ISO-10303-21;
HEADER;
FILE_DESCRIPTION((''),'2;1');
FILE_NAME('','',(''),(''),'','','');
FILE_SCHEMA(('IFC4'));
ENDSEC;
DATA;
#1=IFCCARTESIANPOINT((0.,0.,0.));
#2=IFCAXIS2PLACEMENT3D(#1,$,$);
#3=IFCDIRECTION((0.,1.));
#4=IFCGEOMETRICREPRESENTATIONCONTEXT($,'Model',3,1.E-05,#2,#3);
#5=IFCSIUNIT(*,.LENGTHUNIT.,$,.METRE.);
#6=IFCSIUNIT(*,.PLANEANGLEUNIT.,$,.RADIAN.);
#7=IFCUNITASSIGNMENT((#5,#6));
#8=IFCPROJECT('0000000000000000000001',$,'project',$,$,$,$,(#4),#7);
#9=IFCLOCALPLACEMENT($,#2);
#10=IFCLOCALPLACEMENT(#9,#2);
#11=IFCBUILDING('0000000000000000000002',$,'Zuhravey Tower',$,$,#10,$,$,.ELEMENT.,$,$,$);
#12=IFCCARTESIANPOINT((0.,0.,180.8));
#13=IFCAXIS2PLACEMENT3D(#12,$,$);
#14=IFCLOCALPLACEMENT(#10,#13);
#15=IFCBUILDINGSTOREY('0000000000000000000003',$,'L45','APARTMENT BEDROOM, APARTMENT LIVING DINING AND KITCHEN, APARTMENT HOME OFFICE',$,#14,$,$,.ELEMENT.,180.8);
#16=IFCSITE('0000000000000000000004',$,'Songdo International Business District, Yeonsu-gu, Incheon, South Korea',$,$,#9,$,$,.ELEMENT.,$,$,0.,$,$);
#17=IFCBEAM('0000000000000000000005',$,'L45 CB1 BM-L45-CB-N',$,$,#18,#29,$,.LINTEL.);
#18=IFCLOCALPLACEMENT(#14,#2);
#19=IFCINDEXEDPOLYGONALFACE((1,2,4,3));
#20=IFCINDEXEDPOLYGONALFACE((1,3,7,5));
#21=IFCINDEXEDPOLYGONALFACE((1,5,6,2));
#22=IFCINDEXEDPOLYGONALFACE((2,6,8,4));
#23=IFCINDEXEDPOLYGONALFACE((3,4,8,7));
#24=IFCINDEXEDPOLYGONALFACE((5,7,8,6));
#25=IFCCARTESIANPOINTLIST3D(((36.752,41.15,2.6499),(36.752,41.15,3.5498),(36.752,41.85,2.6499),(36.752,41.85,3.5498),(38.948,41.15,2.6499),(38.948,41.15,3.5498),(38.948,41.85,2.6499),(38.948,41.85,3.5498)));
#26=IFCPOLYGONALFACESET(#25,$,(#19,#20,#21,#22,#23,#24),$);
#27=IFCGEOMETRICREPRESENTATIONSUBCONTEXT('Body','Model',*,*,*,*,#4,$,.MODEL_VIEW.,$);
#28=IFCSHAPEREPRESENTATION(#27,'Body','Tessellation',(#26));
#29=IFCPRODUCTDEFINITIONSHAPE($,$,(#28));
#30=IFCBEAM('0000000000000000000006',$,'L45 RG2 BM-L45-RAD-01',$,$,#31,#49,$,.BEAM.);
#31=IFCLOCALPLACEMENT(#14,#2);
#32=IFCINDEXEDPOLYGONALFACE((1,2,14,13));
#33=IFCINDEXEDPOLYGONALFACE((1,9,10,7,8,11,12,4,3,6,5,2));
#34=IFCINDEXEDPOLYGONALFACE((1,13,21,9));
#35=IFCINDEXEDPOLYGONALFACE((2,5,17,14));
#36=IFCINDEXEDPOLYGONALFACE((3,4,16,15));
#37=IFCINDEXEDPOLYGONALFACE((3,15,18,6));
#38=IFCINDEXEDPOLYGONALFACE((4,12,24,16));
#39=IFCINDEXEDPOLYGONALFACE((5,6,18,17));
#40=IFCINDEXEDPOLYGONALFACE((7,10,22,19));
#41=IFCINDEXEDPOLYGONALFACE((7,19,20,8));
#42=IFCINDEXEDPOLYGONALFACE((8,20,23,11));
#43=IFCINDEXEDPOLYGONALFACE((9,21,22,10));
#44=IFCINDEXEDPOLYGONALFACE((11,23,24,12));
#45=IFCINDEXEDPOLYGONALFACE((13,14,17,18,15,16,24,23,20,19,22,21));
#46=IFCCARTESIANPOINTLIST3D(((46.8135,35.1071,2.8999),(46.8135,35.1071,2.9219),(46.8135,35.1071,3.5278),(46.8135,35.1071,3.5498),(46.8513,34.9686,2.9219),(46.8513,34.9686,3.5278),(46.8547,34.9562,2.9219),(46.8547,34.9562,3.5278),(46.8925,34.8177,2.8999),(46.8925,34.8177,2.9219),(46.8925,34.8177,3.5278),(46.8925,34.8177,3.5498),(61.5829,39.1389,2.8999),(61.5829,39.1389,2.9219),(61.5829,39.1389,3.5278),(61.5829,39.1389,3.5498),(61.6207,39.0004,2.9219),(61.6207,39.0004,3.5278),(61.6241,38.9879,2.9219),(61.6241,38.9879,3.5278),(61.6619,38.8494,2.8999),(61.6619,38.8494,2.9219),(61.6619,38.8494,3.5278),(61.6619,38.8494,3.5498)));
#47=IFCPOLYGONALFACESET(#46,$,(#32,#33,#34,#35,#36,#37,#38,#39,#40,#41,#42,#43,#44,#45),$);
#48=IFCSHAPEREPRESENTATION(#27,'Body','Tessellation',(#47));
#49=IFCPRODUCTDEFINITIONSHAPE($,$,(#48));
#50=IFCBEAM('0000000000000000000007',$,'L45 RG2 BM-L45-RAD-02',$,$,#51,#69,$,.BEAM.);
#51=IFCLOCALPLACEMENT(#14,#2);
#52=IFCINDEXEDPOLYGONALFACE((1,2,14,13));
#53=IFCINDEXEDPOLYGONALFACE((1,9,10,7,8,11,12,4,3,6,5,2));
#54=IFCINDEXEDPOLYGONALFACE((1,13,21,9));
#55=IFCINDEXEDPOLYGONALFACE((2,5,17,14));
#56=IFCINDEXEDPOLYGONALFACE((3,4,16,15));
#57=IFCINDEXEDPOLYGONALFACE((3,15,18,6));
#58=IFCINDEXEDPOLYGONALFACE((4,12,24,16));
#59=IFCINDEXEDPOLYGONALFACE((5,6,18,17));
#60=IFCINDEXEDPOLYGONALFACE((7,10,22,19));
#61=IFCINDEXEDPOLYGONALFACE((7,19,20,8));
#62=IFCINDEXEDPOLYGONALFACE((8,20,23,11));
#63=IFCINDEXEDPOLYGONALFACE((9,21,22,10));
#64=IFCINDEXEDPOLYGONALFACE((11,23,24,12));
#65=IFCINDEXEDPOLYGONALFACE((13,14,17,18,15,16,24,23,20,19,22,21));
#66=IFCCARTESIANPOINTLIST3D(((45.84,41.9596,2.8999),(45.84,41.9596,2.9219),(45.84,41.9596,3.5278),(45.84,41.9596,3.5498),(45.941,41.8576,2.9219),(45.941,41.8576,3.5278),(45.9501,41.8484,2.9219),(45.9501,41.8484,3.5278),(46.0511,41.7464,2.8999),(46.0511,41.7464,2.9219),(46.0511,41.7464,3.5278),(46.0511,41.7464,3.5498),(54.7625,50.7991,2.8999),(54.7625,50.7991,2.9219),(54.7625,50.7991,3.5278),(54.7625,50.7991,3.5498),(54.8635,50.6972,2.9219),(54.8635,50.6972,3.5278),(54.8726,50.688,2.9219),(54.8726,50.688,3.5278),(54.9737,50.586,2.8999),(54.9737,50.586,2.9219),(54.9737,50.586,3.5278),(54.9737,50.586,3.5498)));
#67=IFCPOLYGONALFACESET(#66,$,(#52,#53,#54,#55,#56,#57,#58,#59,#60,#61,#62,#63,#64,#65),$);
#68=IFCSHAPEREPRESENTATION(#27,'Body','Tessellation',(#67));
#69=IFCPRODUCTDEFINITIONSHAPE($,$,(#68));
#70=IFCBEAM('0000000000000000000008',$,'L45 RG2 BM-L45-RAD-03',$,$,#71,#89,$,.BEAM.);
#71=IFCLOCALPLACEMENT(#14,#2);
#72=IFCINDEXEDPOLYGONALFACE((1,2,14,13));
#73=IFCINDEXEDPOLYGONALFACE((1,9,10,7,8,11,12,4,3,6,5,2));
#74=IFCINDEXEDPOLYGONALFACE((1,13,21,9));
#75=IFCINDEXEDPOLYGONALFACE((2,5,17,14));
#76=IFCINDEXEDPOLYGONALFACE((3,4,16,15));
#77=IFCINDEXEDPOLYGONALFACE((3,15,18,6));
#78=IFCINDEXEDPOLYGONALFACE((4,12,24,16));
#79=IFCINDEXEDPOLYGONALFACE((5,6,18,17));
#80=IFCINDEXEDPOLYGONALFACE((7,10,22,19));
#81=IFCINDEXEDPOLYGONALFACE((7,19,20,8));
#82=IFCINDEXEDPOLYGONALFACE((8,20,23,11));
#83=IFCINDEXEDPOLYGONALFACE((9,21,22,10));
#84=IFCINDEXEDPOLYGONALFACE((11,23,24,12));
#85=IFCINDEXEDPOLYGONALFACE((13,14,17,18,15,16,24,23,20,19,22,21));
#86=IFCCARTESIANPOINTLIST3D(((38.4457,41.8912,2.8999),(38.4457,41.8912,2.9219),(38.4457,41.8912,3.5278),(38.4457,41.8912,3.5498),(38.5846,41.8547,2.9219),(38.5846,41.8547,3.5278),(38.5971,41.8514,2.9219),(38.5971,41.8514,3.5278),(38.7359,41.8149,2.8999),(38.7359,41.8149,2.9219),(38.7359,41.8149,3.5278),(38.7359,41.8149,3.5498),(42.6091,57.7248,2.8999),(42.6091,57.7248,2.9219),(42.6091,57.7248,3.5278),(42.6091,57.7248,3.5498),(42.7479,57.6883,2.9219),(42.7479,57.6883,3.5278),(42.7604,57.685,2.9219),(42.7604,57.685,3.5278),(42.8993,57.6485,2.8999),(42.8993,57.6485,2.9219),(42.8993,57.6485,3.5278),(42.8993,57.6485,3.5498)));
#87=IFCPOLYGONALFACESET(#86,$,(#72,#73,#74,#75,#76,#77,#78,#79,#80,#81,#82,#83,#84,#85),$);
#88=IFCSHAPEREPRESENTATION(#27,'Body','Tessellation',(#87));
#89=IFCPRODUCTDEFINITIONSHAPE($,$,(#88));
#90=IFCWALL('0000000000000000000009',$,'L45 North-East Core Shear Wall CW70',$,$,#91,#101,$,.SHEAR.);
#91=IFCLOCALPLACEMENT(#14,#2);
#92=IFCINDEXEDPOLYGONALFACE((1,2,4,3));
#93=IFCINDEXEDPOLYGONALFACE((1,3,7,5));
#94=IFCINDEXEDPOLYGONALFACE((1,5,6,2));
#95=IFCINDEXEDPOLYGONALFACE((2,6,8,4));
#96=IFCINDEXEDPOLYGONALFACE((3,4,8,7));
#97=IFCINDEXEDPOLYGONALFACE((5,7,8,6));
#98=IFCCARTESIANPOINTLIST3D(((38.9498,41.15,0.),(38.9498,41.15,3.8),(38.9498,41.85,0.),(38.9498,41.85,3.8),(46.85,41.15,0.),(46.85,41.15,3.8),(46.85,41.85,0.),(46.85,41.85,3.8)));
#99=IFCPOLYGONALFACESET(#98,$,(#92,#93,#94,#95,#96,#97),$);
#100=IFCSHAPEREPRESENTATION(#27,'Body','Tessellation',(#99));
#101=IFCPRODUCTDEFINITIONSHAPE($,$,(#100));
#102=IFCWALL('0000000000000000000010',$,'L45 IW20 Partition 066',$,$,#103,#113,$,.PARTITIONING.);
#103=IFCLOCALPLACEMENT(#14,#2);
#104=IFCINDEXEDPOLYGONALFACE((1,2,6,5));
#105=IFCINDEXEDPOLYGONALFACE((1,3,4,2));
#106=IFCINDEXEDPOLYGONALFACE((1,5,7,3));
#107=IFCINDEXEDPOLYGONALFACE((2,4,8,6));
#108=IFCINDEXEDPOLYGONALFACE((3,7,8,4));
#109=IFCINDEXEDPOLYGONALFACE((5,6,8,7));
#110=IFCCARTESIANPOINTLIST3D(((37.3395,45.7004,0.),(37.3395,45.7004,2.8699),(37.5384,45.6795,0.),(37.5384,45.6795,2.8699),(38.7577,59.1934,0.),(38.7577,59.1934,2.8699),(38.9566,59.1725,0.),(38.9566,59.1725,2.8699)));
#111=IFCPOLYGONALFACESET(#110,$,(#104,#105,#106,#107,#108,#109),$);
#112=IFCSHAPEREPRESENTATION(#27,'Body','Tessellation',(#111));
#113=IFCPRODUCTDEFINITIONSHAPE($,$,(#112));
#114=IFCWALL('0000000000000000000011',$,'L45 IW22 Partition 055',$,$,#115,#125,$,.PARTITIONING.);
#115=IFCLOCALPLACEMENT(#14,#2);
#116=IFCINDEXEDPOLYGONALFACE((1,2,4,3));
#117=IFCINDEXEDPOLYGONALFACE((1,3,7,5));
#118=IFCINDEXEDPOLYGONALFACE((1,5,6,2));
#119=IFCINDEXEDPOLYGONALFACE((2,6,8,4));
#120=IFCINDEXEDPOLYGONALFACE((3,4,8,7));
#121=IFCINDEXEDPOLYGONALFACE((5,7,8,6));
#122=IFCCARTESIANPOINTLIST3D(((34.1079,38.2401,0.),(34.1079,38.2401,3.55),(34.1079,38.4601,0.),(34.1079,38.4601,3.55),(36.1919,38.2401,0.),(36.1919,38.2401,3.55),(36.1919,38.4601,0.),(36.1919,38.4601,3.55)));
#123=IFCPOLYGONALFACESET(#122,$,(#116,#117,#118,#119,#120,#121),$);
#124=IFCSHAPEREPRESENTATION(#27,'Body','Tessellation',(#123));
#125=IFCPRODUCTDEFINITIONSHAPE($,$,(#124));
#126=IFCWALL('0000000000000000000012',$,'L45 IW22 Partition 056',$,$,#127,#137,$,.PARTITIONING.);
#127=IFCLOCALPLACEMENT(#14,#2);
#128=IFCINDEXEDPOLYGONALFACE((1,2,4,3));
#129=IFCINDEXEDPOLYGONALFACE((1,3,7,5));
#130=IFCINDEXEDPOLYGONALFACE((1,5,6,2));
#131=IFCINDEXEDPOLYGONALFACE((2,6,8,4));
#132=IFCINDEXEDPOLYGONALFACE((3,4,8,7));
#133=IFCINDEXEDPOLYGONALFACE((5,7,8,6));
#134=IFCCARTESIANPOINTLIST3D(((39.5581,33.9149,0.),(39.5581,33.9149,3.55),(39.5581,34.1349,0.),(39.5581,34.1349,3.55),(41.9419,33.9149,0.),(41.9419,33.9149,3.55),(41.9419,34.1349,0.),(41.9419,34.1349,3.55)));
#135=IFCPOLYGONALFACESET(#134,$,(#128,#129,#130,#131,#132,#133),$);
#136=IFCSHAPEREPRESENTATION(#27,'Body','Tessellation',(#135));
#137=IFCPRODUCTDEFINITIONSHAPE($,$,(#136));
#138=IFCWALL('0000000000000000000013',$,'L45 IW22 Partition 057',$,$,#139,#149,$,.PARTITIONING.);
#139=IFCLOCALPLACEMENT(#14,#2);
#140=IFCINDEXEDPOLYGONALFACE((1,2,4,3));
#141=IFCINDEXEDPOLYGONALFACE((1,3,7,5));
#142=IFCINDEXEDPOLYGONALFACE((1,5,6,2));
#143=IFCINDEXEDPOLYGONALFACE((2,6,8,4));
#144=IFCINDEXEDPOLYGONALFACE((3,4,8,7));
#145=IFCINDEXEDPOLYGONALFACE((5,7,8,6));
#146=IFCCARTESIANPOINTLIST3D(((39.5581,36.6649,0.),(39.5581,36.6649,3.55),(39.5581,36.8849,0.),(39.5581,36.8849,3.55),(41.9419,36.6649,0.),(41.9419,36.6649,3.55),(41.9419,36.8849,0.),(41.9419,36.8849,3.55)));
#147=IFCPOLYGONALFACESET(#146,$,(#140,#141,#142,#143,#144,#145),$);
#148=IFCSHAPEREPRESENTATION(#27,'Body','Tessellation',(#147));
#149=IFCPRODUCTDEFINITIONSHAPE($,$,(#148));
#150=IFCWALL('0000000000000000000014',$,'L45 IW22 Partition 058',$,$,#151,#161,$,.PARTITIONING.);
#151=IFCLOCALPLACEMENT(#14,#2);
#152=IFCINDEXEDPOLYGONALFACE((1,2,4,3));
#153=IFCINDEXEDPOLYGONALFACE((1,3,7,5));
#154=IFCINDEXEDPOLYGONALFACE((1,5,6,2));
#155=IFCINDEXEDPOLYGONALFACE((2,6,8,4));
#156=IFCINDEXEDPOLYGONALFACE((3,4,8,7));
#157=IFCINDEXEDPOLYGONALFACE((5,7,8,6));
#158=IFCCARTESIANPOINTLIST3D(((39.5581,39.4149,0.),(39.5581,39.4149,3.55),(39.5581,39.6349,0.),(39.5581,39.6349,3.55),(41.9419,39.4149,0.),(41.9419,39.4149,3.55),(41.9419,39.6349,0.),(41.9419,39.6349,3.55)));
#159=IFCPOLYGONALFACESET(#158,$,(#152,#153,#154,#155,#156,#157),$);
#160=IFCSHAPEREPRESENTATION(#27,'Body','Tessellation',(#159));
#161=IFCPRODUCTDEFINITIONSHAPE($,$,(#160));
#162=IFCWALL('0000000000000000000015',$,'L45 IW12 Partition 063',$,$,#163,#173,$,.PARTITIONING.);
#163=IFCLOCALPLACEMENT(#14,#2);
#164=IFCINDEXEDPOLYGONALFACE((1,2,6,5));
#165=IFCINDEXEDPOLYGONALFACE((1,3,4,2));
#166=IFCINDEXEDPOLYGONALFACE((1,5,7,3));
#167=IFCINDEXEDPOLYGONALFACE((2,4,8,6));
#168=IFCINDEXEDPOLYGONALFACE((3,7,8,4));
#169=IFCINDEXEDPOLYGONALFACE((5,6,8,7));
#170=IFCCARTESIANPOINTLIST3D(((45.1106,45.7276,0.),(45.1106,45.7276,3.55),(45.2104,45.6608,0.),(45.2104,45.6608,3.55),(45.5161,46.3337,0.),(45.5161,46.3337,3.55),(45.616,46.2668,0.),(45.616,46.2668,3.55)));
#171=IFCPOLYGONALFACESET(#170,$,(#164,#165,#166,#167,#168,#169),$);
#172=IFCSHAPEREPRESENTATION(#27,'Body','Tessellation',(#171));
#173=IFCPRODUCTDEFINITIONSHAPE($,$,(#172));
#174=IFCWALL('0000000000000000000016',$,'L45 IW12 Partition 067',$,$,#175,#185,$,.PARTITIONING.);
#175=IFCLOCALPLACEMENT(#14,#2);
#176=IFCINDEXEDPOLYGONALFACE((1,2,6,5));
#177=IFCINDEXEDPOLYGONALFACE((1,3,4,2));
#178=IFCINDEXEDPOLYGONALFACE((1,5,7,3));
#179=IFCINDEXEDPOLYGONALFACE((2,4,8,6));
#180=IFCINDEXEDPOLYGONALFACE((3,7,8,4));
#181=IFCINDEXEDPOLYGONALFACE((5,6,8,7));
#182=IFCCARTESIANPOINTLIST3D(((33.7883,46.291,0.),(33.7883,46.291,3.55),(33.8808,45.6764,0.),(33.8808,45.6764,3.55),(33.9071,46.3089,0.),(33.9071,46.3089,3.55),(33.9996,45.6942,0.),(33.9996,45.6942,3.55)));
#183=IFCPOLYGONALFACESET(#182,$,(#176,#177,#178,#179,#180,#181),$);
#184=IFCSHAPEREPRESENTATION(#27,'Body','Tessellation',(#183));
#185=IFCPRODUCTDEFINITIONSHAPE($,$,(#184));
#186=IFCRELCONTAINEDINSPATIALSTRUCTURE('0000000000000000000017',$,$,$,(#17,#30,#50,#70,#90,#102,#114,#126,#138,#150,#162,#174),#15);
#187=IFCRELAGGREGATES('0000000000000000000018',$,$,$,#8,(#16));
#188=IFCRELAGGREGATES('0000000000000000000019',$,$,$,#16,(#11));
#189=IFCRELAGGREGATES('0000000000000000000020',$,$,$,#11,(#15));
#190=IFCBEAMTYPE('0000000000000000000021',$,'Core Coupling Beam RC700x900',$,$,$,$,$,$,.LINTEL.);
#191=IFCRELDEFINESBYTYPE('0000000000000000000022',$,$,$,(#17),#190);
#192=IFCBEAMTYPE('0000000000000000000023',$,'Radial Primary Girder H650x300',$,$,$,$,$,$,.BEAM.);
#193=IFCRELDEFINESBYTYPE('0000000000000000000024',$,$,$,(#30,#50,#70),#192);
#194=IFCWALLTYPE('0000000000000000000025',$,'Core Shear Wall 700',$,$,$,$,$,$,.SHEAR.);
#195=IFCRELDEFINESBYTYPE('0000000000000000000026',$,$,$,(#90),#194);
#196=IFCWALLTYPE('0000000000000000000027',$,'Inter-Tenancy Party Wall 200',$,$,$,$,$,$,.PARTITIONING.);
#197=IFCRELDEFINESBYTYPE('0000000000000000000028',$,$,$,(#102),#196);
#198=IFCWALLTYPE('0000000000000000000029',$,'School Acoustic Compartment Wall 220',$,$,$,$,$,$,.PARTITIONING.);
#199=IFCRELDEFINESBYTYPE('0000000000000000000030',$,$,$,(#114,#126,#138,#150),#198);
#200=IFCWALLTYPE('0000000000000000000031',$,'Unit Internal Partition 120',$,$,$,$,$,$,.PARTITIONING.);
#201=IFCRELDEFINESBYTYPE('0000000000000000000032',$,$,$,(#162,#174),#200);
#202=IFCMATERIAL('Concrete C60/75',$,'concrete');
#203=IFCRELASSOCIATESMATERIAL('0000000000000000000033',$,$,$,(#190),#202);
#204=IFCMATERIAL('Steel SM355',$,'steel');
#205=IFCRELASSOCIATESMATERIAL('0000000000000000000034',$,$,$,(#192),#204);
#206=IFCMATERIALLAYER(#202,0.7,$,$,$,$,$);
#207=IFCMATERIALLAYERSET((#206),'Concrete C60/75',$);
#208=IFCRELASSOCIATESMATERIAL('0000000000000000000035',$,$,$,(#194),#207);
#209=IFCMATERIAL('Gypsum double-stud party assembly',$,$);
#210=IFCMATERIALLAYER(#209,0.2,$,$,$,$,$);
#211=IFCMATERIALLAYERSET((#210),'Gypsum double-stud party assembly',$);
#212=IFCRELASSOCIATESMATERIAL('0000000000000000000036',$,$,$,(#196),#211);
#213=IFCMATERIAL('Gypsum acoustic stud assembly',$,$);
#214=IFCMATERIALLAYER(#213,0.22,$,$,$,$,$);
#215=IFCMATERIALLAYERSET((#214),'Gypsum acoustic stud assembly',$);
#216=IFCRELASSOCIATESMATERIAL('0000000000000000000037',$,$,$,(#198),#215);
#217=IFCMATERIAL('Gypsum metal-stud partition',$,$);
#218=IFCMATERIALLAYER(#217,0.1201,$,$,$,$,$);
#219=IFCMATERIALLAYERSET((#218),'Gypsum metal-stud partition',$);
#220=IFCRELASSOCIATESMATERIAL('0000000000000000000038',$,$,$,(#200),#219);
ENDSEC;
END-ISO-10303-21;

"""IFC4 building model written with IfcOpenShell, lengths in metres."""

from ifc_helpers import new_model, si_unit, direction, frame, frame_2d, origin, origin_2d, place, context, subcontext, project, spatial, rectangle, i_section, extrude, material, layer, layer_set, material_profile, profile_set, type_object, element, save


model = new_model("IFC4")

# Units and contexts
model_context = context("Model", 3, precision=1e-05, world=origin(), true_north=direction((0.0, 1.0)))
body_context = subcontext(model_context, "Body", "Model", "MODEL_VIEW")
ifc_project = project(units=[si_unit("LENGTHUNIT", "METRE"), si_unit("PLANEANGLEUNIT", "RADIAN")], contexts=[model_context])

# Site, building, storey
site_placement = place(None, origin())
site = spatial("IfcSite", under=ifc_project, at=site_placement, Name="Songdo International Business District, Yeonsu-gu, Incheon, South Korea", CompositionType="ELEMENT", RefElevation=0.0)
building_placement = place(site_placement, origin())
building = spatial("IfcBuilding", under=site, at=building_placement, Name="Zuhravey Tower", CompositionType="ELEMENT")
storey_placement = place(building_placement, frame((0.0, 0.0, 180.8)))
storey = spatial("IfcBuildingStorey", under=building, at=storey_placement, Name="L45", Description="APARTMENT BEDROOM, APARTMENT LIVING DINING AND KITCHEN, APARTMENT HOME OFFICE", CompositionType="ELEMENT", Elevation=180.8)

# Beams
ifc_material_1 = material(Name="Concrete C60/75", Category="concrete")
ifc_material_profile_1 = material_profile(ifc_material_1, rectangle(XDim=0.7, YDim=0.8999, at=origin_2d()), Name="RC-700x900")
ifc_profile_set_1 = profile_set([ifc_material_profile_1], Name="Concrete C60/75")
beam_type_1 = type_object("IfcBeamType", Name="Core Coupling Beam RC700x900", PredefinedType="LINTEL", material=ifc_profile_set_1)
beam_1_placement = place(storey_placement, frame((36.752, 41.5, 3.0999), z_axis=(1.0, 0.0, 0.0), x_axis=(0.0, 1.0, 0.0)))
element("IfcBeam", 1, at=beam_1_placement, inside=storey, type_object=beam_type_1, Name="L45 CB1 BM-L45-CB-N", PredefinedType="LINTEL", context=body_context, shape_type="SweptSolid", body=[
    extrude(rectangle(XDim=0.7, YDim=0.8999, at=origin_2d()), origin(), (0.0, 0.0, 1.0), 2.196),
])
ifc_material_2 = material(Name="Steel SM355", Category="steel")
ifc_material_profile_2 = material_profile(ifc_material_2, i_section(OverallWidth=0.3, OverallDepth=0.6499, WebThickness=0.0129, FlangeThickness=0.022, at=origin_2d()), Name="H-650x300x13x22")
ifc_profile_set_2 = profile_set([ifc_material_profile_2], Name="Steel SM355")
beam_type_2 = type_object("IfcBeamType", Name="Radial Primary Girder H650x300", PredefinedType="BEAM", material=ifc_profile_set_2)
beam_2_placement = place(storey_placement, frame((46.853, 34.9624, 3.2249), z_axis=(0.964702, 0.263345, 0.0), x_axis=(-0.263345, 0.964702, 0.0)))
element("IfcBeam", 2, at=beam_2_placement, inside=storey, type_object=beam_type_2, Name="L45 RG2 BM-L45-RAD-01", PredefinedType="BEAM", context=body_context, shape_type="SweptSolid", body=[
    extrude(i_section(OverallWidth=0.3, OverallDepth=0.6499, WebThickness=0.0129, FlangeThickness=0.022, at=origin_2d()), origin(), (0.0, 0.0, 1.0), 15.3098),
])
beam_3_placement = place(storey_placement, frame((45.9456, 41.853, 3.2249), z_axis=(0.710404, 0.703795, 0.0), x_axis=(-0.703795, 0.710404, 0.0)))
element("IfcBeam", 3, at=beam_3_placement, inside=storey, type_object=beam_type_2, Name="L45 RG2 BM-L45-RAD-02", PredefinedType="BEAM", context=body_context, shape_type="SweptSolid", body=[
    extrude(i_section(OverallWidth=0.3, OverallDepth=0.6499, WebThickness=0.0129, FlangeThickness=0.022, at=origin_2d()), origin(), (0.0, 0.0, 1.0), 12.5598),
])
beam_4_placement = place(storey_placement, frame((38.5908, 41.853, 3.2249), z_axis=(0.2543, 0.967125, 0.0), x_axis=(-0.967125, 0.2543, 0.0)))
element("IfcBeam", 4, at=beam_4_placement, inside=storey, type_object=beam_type_2, Name="L45 RG2 BM-L45-RAD-03", PredefinedType="BEAM", context=body_context, shape_type="SweptSolid", body=[
    extrude(i_section(OverallWidth=0.3, OverallDepth=0.6499, WebThickness=0.0129, FlangeThickness=0.022, at=origin_2d()), origin(), (0.0, 0.0, 1.0), 16.3718),
])

# Wall
ifc_layer_1 = layer(ifc_material_1, 0.7)
ifc_layer_set_1 = layer_set([ifc_layer_1], Name="Concrete C60/75")
wall_type_1 = type_object("IfcWallType", Name="Core Shear Wall 700", PredefinedType="SHEAR", material=ifc_layer_set_1)
wall_1_placement = place(storey_placement, frame((46.8501, 41.5, 0.0), z_axis=(0.0, 0.0, 1.0), x_axis=(-1.0, 0.0, 0.0)))
element("IfcWall", 5, at=wall_1_placement, inside=storey, type_object=wall_type_1, Name="L45 North-East Core Shear Wall CW70", PredefinedType="SHEAR", context=body_context, shape_type="SweptSolid", body=[
    extrude(rectangle(XDim=7.9001, YDim=0.7, at=frame_2d((3.9502, 0.0))), origin(), (0.0, 0.0, 1.0), 3.8),
])

# Walls
ifc_material_3 = material(Name="Gypsum double-stud party assembly")
ifc_layer_2 = layer(ifc_material_3, 0.2)
ifc_layer_set_2 = layer_set([ifc_layer_2], Name="Gypsum double-stud party assembly")
wall_type_2 = type_object("IfcWallType", Name="Inter-Tenancy Party Wall 200", PredefinedType="PARTITIONING", material=ifc_layer_set_2)
wall_2_placement = place(storey_placement, frame((37.439, 45.6899, 0.0), z_axis=(0.0, 0.0, 1.0), x_axis=(0.10453, 0.994522, 0.0)))
element("IfcWall", 6, at=wall_2_placement, inside=storey, type_object=wall_type_2, Name="L45 IW20 Partition 066", PredefinedType="PARTITIONING", context=body_context, shape_type="SweptSolid", body=[
    extrude(rectangle(XDim=13.5674, YDim=0.2, at=frame_2d((6.7837, 0.0))), origin(), (0.0, 0.0, 1.0), 2.8699),
])
ifc_material_4 = material(Name="Gypsum acoustic stud assembly")
ifc_layer_3 = layer(ifc_material_4, 0.22)
ifc_layer_set_3 = layer_set([ifc_layer_3], Name="Gypsum acoustic stud assembly")
wall_type_3 = type_object("IfcWallType", Name="School Acoustic Compartment Wall 220", PredefinedType="PARTITIONING", material=ifc_layer_set_3)
wall_3_placement = place(storey_placement, frame((34.1079, 38.3501, 0.0), z_axis=(0.0, 0.0, 1.0), x_axis=(1.0, 0.0, 0.0)))
element("IfcWall", 7, at=wall_3_placement, inside=storey, type_object=wall_type_3, Name="L45 IW22 Partition 055", PredefinedType="PARTITIONING", context=body_context, shape_type="SweptSolid", body=[
    extrude(rectangle(XDim=2.084, YDim=0.22, at=frame_2d((1.042, 0.0))), origin(), (0.0, 0.0, 1.0), 3.55),
])
for number, where, z_axis, x_axis, name in (
    (8, (39.5581, 34.0249, 0.0), (0.0, 0.0, 1.0), (1.0, 0.0, 0.0), "L45 IW22 Partition 056"),
    (9, (39.5581, 36.7749, 0.0), (0.0, 0.0, 1.0), (1.0, 0.0, 0.0), "L45 IW22 Partition 057"),
    (10, (39.5581, 39.5249, 0.0), (0.0, 0.0, 1.0), (1.0, 0.0, 0.0), "L45 IW22 Partition 058"),
):
    element("IfcWall", number, at=place(storey_placement, frame(where, z_axis=z_axis, x_axis=x_axis)), inside=storey, type_object=wall_type_3, Name=name, PredefinedType="PARTITIONING", context=body_context, shape_type="SweptSolid", body=[
        extrude(rectangle(XDim=2.3838, YDim=0.22, at=frame_2d((1.1919, 0.0))), origin(), (0.0, 0.0, 1.0), 3.55),
    ])
ifc_material_5 = material(Name="Gypsum metal-stud partition")
ifc_layer_4 = layer(ifc_material_5, 0.1201)
ifc_layer_set_4 = layer_set([ifc_layer_4], Name="Gypsum metal-stud partition")
wall_type_4 = type_object("IfcWallType", Name="Unit Internal Partition 120", PredefinedType="PARTITIONING", material=ifc_layer_set_4)
wall_4_placement = place(storey_placement, frame((45.1604, 45.6941, 0.0), z_axis=(0.0, 0.0, 1.0), x_axis=(0.556167, 0.83107, 0.0)))
element("IfcWall", 11, at=wall_4_placement, inside=storey, type_object=wall_type_4, Name="L45 IW12 Partition 063", PredefinedType="PARTITIONING", context=body_context, shape_type="SweptSolid", body=[
    extrude(rectangle(XDim=0.7292, YDim=0.1201, at=frame_2d((0.3647, 0.0))), origin(), (0.0, 0.0, 1.0), 3.55),
])
wall_5_placement = place(storey_placement, frame((33.9402, 45.6853, 0.0), z_axis=(0.0, 0.0, 1.0), x_axis=(-0.14884, 0.988861, 0.0)))
element("IfcWall", 12, at=wall_5_placement, inside=storey, type_object=wall_type_4, Name="L45 IW12 Partition 067", PredefinedType="PARTITIONING", context=body_context, shape_type="SweptSolid", body=[
    extrude(rectangle(XDim=0.6216, YDim=0.1201, at=frame_2d((0.3108, 0.0))), origin(), (0.0, 0.0, 1.0), 3.55),
])

save(model, "model.ifc")
